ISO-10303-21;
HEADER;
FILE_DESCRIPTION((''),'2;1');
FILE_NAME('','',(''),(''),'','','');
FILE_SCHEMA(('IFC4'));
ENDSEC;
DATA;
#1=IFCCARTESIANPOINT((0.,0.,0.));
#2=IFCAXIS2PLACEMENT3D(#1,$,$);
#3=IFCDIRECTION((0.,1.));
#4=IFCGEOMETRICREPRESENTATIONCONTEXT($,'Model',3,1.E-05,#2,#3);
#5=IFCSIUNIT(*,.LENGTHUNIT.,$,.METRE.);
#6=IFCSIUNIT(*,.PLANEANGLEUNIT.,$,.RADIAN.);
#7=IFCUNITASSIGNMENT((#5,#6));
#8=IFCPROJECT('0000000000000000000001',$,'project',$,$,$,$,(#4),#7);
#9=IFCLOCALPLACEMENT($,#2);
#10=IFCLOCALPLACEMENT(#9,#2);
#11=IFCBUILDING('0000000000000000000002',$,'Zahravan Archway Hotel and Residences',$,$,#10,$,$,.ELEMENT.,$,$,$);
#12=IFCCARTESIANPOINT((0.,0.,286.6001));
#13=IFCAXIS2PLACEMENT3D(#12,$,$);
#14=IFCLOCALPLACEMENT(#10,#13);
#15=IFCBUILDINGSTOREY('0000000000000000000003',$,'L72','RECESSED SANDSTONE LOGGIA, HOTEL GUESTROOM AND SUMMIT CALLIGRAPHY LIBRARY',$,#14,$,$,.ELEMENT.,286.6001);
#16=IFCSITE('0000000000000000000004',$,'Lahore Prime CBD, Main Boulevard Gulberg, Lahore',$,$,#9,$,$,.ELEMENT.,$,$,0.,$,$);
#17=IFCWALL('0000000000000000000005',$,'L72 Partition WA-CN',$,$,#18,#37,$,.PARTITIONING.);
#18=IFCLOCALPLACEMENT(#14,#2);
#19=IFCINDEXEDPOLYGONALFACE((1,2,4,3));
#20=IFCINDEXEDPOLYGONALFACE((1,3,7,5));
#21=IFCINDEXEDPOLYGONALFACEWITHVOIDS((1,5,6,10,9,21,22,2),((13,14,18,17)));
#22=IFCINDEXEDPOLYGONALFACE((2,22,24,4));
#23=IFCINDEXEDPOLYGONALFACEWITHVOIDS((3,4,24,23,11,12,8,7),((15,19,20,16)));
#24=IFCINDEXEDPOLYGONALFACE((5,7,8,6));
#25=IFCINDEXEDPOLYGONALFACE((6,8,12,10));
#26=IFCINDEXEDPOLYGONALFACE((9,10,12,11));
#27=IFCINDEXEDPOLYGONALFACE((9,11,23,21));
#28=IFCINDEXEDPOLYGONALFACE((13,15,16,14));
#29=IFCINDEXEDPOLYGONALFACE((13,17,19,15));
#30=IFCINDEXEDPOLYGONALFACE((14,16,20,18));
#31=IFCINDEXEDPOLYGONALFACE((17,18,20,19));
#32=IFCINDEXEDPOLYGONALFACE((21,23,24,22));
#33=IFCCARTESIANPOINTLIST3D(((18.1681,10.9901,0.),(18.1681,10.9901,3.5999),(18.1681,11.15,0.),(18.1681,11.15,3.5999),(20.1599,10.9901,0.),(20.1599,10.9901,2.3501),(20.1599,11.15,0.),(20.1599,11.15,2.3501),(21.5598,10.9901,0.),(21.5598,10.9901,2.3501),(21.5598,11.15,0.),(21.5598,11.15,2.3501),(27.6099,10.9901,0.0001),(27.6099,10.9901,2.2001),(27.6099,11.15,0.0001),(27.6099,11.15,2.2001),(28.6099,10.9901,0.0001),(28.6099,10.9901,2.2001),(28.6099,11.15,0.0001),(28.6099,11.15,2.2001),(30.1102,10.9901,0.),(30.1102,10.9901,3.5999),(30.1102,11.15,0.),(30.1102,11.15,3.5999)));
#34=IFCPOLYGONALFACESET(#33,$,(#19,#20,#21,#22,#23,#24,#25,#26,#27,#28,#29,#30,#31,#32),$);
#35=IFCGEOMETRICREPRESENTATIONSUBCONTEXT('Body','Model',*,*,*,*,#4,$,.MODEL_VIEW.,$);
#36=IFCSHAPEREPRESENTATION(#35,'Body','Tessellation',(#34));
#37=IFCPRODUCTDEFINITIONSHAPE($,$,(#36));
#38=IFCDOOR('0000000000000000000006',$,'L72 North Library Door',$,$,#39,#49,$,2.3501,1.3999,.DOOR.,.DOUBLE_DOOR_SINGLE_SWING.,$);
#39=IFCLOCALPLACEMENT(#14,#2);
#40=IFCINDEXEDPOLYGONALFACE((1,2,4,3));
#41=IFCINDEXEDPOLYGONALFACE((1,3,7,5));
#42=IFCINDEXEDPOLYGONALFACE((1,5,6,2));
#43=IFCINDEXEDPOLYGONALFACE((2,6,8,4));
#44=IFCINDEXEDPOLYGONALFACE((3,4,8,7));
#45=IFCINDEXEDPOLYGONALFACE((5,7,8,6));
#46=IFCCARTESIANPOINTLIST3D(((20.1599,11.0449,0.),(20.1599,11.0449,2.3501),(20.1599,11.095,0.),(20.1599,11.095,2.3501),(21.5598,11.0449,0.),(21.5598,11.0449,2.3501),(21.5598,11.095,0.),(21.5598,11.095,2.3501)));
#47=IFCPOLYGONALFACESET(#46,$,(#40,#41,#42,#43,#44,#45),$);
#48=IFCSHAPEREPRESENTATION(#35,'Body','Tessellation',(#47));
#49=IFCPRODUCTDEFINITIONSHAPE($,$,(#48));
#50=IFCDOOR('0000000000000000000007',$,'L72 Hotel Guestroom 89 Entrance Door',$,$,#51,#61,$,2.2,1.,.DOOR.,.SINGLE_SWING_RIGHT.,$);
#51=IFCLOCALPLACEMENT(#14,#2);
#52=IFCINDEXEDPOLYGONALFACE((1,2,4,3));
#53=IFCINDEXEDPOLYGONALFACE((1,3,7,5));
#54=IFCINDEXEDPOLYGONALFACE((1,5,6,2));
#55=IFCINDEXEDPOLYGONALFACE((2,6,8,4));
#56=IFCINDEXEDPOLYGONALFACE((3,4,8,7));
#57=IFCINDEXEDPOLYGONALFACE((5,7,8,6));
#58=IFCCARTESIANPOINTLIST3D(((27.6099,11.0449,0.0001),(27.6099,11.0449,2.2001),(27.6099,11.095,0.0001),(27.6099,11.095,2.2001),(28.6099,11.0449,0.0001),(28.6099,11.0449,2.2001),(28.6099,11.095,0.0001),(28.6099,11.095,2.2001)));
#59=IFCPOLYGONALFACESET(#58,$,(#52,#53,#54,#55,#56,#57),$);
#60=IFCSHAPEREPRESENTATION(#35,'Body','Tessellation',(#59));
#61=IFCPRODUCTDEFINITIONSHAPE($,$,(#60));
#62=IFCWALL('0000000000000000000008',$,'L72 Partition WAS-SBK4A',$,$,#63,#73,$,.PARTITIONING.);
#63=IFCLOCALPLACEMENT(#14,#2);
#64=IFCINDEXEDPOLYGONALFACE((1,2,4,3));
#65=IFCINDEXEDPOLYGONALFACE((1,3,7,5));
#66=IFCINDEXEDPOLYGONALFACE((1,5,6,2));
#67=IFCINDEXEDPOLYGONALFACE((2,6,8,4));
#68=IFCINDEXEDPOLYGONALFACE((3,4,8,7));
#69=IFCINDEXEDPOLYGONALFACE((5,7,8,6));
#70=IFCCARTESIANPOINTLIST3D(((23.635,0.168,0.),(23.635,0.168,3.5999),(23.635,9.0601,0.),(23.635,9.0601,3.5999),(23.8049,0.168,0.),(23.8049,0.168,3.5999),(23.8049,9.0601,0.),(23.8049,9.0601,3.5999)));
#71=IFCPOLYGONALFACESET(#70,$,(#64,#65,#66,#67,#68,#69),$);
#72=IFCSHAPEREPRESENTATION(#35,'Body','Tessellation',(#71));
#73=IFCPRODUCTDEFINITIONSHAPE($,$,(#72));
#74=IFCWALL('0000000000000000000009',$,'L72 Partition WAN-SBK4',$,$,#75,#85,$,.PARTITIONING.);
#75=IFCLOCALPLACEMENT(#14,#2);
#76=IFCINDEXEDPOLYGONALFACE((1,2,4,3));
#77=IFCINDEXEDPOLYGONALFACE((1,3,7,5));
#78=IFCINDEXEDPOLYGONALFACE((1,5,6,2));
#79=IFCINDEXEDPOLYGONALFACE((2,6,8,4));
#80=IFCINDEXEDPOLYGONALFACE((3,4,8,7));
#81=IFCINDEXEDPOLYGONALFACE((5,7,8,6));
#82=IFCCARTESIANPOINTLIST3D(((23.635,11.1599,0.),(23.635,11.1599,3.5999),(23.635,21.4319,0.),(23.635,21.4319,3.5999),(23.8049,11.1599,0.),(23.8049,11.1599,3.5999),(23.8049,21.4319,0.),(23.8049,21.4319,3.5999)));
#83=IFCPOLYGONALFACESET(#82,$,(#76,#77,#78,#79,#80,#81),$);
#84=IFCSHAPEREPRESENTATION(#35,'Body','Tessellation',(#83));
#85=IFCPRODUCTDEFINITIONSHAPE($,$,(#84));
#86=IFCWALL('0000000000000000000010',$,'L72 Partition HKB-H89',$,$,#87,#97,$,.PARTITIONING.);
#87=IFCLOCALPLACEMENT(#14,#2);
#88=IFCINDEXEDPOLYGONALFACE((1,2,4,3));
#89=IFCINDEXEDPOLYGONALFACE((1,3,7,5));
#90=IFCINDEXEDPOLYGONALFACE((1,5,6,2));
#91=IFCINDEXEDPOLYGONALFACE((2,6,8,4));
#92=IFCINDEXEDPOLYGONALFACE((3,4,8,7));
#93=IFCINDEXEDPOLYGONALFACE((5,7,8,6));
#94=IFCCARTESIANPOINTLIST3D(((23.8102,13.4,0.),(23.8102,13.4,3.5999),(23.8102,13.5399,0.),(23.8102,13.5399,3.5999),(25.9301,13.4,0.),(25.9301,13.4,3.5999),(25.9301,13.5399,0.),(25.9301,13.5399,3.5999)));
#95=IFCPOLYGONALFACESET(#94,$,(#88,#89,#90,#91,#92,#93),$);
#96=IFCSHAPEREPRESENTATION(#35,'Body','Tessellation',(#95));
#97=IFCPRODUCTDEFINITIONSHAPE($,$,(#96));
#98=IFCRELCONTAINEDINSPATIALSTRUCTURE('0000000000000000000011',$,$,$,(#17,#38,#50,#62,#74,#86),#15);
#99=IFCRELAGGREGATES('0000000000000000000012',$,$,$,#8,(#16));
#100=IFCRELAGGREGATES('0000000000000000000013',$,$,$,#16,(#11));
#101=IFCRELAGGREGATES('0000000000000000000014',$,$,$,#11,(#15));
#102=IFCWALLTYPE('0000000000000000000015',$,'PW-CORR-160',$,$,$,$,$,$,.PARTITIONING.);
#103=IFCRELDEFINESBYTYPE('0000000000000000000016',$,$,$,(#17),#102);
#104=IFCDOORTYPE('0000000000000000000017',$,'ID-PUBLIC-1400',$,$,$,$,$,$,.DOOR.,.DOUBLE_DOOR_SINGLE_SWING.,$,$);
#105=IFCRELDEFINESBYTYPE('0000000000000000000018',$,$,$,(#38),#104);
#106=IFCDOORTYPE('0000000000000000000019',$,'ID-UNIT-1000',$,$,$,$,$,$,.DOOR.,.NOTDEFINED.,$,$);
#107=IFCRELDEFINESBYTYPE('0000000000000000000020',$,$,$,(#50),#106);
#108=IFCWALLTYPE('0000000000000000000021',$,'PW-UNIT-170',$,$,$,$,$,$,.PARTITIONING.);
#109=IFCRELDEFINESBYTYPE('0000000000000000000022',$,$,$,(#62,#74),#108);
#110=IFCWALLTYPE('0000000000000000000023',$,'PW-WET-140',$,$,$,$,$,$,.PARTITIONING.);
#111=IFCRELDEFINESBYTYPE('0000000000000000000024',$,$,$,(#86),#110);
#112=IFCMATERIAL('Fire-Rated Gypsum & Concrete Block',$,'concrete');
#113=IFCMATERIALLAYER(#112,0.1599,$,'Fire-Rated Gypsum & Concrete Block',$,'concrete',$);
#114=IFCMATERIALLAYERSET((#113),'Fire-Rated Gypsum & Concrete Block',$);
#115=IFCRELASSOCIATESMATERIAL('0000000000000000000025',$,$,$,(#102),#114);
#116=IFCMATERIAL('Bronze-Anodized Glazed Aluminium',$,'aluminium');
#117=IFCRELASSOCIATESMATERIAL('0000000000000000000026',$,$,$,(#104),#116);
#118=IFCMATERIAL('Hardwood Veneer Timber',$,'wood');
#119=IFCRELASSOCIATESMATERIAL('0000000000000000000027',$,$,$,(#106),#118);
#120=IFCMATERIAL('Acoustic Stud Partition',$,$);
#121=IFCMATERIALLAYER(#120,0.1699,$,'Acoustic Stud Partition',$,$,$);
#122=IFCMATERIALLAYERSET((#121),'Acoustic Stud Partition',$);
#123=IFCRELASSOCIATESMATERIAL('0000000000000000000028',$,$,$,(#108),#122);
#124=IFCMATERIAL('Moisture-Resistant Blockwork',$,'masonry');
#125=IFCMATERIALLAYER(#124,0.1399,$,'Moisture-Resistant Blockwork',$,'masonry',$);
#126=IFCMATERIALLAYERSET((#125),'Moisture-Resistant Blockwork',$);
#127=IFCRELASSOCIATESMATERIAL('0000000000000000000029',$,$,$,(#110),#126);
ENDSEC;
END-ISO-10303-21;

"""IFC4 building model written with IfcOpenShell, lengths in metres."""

from ifc_helpers import new_model, si_unit, direction, frame, frame_2d, origin, place, context, subcontext, project, spatial, rectangle, extrude, source, transform, mapped, material, layer, layer_set, type_object, type_shapes, element, fill, save


model = new_model("IFC4")

# Units and contexts
model_context = context("Model", 3, precision=1e-05, world=origin(), true_north=direction((0.0, 1.0)))
body_context = subcontext(model_context, "Body", "Model", "MODEL_VIEW")
ifc_project = project(units=[si_unit("LENGTHUNIT", "METRE"), si_unit("PLANEANGLEUNIT", "RADIAN")], contexts=[model_context])

# Site, building, storey
site_placement = place(None, origin())
site = spatial("IfcSite", under=ifc_project, at=site_placement, Name="Lahore Prime CBD, Main Boulevard Gulberg, Lahore", CompositionType="ELEMENT", RefElevation=0.0)
building_placement = place(site_placement, origin())
building = spatial("IfcBuilding", under=site, at=building_placement, Name="Zahravan Archway Hotel and Residences", CompositionType="ELEMENT")
storey_placement = place(building_placement, frame((0.0, 0.0, 286.6001)))
storey = spatial("IfcBuildingStorey", under=building, at=storey_placement, Name="L72", Description="RECESSED SANDSTONE LOGGIA, HOTEL GUESTROOM AND SUMMIT CALLIGRAPHY LIBRARY", CompositionType="ELEMENT", Elevation=286.6001)

# Wall, openings, doors
ifc_material_1 = material(Name="Fire-Rated Gypsum & Concrete Block", Category="concrete")
ifc_layer_1 = layer(ifc_material_1, 0.1599, Name="Fire-Rated Gypsum & Concrete Block", Category="concrete")
ifc_layer_set_1 = layer_set([ifc_layer_1], Name="Fire-Rated Gypsum & Concrete Block")
wall_type_1 = type_object("IfcWallType", Name="PW-CORR-160", PredefinedType="PARTITIONING", material=ifc_layer_set_1)
wall_1_placement = place(storey_placement, frame((18.168, 11.0701, 0.0), z_axis=(0.0, 0.0, 1.0), x_axis=(1.0, 0.0, 0.0)))
wall_1 = element("IfcWall", 1, at=wall_1_placement, inside=storey, type_object=wall_type_1, Name="L72 Partition WA-CN", PredefinedType="PARTITIONING", context=body_context, shape_type="SweptSolid", body=[
    extrude(rectangle(XDim=11.9421, YDim=0.1599, at=frame_2d((5.9712, 0.0))), origin(), (0.0, 0.0, 1.0), 3.5999),
])
opening_1_placement = place(wall_1_placement, frame((1.9919, 0.0, 0.0)))
opening_1 = element("IfcOpeningElement", 2, at=opening_1_placement, cuts=wall_1, PredefinedType="OPENING", context=body_context, shape_type="SweptSolid", body=[
    extrude(rectangle(XDim=1.3999, YDim=2.3501, at=frame_2d((0.7, 1.175))), frame((0.0, 0.0898, 0.0), z_axis=(0.0, -1.0, 0.0), x_axis=(1.0, 0.0, 0.0)), (0.0, 0.0, 1.0), 0.1799),
])
opening_2_placement = place(wall_1_placement, frame((9.4419, 0.0, 0.0)))
opening_2 = element("IfcOpeningElement", 3, at=opening_2_placement, cuts=wall_1, PredefinedType="OPENING", context=body_context, shape_type="SweptSolid", body=[
    extrude(rectangle(XDim=1.0, YDim=2.2, at=frame_2d((0.5, 1.1001))), frame((0.0, 0.0898, 0.0), z_axis=(0.0, -1.0, 0.0), x_axis=(1.0, 0.0, 0.0)), (0.0, 0.0, 1.0), 0.1799),
])
ifc_material_2 = material(Name="Bronze-Anodized Glazed Aluminium", Category="aluminium")
door_type_1 = type_object("IfcDoorType", Name="ID-PUBLIC-1400", OperationType="DOUBLE_DOOR_SINGLE_SWING", PredefinedType="DOOR", material=ifc_material_2)
shared_shape_1 = source(origin(), body_context, "Body", "SweptSolid", [
    extrude(rectangle(XDim=1.3999, YDim=2.3501, at=frame_2d((0.7, 1.175))), frame((0.0, 0.0249, 0.0), z_axis=(0.0, -1.0, 0.0), x_axis=(1.0, 0.0, 0.0)), (0.0, 0.0, 1.0), 0.05),
])
type_shapes(door_type_1, [shared_shape_1])
door_1_placement = place(opening_1_placement, origin())
door_1 = element("IfcDoor", 4, at=door_1_placement, inside=storey, type_object=door_type_1, Name="L72 North Library Door", OperationType="DOUBLE_DOOR_SINGLE_SWING", OverallHeight=2.3501, OverallWidth=1.3999, PredefinedType="DOOR", context=body_context, shape_type="MappedRepresentation", body=[
    mapped(shared_shape_1, transform((0.0, 0.0, 0.0), scale=1.0)),
])
fill(opening_1, door_1)
ifc_material_3 = material(Name="Hardwood Veneer Timber", Category="wood")
door_type_2 = type_object("IfcDoorType", Name="ID-UNIT-1000", OperationType="NOTDEFINED", PredefinedType="DOOR", material=ifc_material_3)
shared_shape_2 = source(origin(), body_context, "Body", "SweptSolid", [
    extrude(rectangle(XDim=1.0, YDim=2.2, at=frame_2d((0.5, 1.1001))), frame((0.0, 0.0249, 0.0), z_axis=(0.0, -1.0, 0.0), x_axis=(1.0, 0.0, 0.0)), (0.0, 0.0, 1.0), 0.05),
])
type_shapes(door_type_2, [shared_shape_2])
door_2_placement = place(opening_2_placement, origin())
door_2 = element("IfcDoor", 5, at=door_2_placement, inside=storey, type_object=door_type_2, Name="L72 Hotel Guestroom 89 Entrance Door", OperationType="SINGLE_SWING_RIGHT", OverallHeight=2.2, OverallWidth=1.0, PredefinedType="DOOR", context=body_context, shape_type="MappedRepresentation", body=[
    mapped(shared_shape_2, transform((0.0, 0.0, 0.0), scale=1.0)),
])
fill(opening_2, door_2)

# Walls
ifc_material_4 = material(Name="Acoustic Stud Partition")
ifc_layer_2 = layer(ifc_material_4, 0.1699, Name="Acoustic Stud Partition")
ifc_layer_set_2 = layer_set([ifc_layer_2], Name="Acoustic Stud Partition")
wall_type_2 = type_object("IfcWallType", Name="PW-UNIT-170", PredefinedType="PARTITIONING", material=ifc_layer_set_2)
wall_2_placement = place(storey_placement, frame((23.72, 0.168, 0.0), z_axis=(0.0, 0.0, 1.0), x_axis=(0.0, 1.0, 0.0)))
element("IfcWall", 6, at=wall_2_placement, inside=storey, type_object=wall_type_2, Name="L72 Partition WAS-SBK4A", PredefinedType="PARTITIONING", context=body_context, shape_type="SweptSolid", body=[
    extrude(rectangle(XDim=8.8921, YDim=0.1699, at=frame_2d((4.446, 0.0))), origin(), (0.0, 0.0, 1.0), 3.5999),
])
wall_3_placement = place(storey_placement, frame((23.72, 11.1599, 0.0), z_axis=(0.0, 0.0, 1.0), x_axis=(0.0, 1.0, 0.0)))
element("IfcWall", 7, at=wall_3_placement, inside=storey, type_object=wall_type_2, Name="L72 Partition WAN-SBK4", PredefinedType="PARTITIONING", context=body_context, shape_type="SweptSolid", body=[
    extrude(rectangle(XDim=10.272, YDim=0.1699, at=frame_2d((5.136, 0.0))), origin(), (0.0, 0.0, 1.0), 3.5999),
])
ifc_material_5 = material(Name="Moisture-Resistant Blockwork", Category="masonry")
ifc_layer_3 = layer(ifc_material_5, 0.1399, Name="Moisture-Resistant Blockwork", Category="masonry")
ifc_layer_set_3 = layer_set([ifc_layer_3], Name="Moisture-Resistant Blockwork")
wall_type_3 = type_object("IfcWallType", Name="PW-WET-140", PredefinedType="PARTITIONING", material=ifc_layer_set_3)
wall_4_placement = place(storey_placement, frame((23.8101, 13.47, 0.0), z_axis=(0.0, 0.0, 1.0), x_axis=(1.0, 0.0, 0.0)))
element("IfcWall", 8, at=wall_4_placement, inside=storey, type_object=wall_type_3, Name="L72 Partition HKB-H89", PredefinedType="PARTITIONING", context=body_context, shape_type="SweptSolid", body=[
    extrude(rectangle(XDim=2.1199, YDim=0.1399, at=frame_2d((1.0601, 0.0))), origin(), (0.0, 0.0, 1.0), 3.5999),
])

save(model, "model.ifc")
